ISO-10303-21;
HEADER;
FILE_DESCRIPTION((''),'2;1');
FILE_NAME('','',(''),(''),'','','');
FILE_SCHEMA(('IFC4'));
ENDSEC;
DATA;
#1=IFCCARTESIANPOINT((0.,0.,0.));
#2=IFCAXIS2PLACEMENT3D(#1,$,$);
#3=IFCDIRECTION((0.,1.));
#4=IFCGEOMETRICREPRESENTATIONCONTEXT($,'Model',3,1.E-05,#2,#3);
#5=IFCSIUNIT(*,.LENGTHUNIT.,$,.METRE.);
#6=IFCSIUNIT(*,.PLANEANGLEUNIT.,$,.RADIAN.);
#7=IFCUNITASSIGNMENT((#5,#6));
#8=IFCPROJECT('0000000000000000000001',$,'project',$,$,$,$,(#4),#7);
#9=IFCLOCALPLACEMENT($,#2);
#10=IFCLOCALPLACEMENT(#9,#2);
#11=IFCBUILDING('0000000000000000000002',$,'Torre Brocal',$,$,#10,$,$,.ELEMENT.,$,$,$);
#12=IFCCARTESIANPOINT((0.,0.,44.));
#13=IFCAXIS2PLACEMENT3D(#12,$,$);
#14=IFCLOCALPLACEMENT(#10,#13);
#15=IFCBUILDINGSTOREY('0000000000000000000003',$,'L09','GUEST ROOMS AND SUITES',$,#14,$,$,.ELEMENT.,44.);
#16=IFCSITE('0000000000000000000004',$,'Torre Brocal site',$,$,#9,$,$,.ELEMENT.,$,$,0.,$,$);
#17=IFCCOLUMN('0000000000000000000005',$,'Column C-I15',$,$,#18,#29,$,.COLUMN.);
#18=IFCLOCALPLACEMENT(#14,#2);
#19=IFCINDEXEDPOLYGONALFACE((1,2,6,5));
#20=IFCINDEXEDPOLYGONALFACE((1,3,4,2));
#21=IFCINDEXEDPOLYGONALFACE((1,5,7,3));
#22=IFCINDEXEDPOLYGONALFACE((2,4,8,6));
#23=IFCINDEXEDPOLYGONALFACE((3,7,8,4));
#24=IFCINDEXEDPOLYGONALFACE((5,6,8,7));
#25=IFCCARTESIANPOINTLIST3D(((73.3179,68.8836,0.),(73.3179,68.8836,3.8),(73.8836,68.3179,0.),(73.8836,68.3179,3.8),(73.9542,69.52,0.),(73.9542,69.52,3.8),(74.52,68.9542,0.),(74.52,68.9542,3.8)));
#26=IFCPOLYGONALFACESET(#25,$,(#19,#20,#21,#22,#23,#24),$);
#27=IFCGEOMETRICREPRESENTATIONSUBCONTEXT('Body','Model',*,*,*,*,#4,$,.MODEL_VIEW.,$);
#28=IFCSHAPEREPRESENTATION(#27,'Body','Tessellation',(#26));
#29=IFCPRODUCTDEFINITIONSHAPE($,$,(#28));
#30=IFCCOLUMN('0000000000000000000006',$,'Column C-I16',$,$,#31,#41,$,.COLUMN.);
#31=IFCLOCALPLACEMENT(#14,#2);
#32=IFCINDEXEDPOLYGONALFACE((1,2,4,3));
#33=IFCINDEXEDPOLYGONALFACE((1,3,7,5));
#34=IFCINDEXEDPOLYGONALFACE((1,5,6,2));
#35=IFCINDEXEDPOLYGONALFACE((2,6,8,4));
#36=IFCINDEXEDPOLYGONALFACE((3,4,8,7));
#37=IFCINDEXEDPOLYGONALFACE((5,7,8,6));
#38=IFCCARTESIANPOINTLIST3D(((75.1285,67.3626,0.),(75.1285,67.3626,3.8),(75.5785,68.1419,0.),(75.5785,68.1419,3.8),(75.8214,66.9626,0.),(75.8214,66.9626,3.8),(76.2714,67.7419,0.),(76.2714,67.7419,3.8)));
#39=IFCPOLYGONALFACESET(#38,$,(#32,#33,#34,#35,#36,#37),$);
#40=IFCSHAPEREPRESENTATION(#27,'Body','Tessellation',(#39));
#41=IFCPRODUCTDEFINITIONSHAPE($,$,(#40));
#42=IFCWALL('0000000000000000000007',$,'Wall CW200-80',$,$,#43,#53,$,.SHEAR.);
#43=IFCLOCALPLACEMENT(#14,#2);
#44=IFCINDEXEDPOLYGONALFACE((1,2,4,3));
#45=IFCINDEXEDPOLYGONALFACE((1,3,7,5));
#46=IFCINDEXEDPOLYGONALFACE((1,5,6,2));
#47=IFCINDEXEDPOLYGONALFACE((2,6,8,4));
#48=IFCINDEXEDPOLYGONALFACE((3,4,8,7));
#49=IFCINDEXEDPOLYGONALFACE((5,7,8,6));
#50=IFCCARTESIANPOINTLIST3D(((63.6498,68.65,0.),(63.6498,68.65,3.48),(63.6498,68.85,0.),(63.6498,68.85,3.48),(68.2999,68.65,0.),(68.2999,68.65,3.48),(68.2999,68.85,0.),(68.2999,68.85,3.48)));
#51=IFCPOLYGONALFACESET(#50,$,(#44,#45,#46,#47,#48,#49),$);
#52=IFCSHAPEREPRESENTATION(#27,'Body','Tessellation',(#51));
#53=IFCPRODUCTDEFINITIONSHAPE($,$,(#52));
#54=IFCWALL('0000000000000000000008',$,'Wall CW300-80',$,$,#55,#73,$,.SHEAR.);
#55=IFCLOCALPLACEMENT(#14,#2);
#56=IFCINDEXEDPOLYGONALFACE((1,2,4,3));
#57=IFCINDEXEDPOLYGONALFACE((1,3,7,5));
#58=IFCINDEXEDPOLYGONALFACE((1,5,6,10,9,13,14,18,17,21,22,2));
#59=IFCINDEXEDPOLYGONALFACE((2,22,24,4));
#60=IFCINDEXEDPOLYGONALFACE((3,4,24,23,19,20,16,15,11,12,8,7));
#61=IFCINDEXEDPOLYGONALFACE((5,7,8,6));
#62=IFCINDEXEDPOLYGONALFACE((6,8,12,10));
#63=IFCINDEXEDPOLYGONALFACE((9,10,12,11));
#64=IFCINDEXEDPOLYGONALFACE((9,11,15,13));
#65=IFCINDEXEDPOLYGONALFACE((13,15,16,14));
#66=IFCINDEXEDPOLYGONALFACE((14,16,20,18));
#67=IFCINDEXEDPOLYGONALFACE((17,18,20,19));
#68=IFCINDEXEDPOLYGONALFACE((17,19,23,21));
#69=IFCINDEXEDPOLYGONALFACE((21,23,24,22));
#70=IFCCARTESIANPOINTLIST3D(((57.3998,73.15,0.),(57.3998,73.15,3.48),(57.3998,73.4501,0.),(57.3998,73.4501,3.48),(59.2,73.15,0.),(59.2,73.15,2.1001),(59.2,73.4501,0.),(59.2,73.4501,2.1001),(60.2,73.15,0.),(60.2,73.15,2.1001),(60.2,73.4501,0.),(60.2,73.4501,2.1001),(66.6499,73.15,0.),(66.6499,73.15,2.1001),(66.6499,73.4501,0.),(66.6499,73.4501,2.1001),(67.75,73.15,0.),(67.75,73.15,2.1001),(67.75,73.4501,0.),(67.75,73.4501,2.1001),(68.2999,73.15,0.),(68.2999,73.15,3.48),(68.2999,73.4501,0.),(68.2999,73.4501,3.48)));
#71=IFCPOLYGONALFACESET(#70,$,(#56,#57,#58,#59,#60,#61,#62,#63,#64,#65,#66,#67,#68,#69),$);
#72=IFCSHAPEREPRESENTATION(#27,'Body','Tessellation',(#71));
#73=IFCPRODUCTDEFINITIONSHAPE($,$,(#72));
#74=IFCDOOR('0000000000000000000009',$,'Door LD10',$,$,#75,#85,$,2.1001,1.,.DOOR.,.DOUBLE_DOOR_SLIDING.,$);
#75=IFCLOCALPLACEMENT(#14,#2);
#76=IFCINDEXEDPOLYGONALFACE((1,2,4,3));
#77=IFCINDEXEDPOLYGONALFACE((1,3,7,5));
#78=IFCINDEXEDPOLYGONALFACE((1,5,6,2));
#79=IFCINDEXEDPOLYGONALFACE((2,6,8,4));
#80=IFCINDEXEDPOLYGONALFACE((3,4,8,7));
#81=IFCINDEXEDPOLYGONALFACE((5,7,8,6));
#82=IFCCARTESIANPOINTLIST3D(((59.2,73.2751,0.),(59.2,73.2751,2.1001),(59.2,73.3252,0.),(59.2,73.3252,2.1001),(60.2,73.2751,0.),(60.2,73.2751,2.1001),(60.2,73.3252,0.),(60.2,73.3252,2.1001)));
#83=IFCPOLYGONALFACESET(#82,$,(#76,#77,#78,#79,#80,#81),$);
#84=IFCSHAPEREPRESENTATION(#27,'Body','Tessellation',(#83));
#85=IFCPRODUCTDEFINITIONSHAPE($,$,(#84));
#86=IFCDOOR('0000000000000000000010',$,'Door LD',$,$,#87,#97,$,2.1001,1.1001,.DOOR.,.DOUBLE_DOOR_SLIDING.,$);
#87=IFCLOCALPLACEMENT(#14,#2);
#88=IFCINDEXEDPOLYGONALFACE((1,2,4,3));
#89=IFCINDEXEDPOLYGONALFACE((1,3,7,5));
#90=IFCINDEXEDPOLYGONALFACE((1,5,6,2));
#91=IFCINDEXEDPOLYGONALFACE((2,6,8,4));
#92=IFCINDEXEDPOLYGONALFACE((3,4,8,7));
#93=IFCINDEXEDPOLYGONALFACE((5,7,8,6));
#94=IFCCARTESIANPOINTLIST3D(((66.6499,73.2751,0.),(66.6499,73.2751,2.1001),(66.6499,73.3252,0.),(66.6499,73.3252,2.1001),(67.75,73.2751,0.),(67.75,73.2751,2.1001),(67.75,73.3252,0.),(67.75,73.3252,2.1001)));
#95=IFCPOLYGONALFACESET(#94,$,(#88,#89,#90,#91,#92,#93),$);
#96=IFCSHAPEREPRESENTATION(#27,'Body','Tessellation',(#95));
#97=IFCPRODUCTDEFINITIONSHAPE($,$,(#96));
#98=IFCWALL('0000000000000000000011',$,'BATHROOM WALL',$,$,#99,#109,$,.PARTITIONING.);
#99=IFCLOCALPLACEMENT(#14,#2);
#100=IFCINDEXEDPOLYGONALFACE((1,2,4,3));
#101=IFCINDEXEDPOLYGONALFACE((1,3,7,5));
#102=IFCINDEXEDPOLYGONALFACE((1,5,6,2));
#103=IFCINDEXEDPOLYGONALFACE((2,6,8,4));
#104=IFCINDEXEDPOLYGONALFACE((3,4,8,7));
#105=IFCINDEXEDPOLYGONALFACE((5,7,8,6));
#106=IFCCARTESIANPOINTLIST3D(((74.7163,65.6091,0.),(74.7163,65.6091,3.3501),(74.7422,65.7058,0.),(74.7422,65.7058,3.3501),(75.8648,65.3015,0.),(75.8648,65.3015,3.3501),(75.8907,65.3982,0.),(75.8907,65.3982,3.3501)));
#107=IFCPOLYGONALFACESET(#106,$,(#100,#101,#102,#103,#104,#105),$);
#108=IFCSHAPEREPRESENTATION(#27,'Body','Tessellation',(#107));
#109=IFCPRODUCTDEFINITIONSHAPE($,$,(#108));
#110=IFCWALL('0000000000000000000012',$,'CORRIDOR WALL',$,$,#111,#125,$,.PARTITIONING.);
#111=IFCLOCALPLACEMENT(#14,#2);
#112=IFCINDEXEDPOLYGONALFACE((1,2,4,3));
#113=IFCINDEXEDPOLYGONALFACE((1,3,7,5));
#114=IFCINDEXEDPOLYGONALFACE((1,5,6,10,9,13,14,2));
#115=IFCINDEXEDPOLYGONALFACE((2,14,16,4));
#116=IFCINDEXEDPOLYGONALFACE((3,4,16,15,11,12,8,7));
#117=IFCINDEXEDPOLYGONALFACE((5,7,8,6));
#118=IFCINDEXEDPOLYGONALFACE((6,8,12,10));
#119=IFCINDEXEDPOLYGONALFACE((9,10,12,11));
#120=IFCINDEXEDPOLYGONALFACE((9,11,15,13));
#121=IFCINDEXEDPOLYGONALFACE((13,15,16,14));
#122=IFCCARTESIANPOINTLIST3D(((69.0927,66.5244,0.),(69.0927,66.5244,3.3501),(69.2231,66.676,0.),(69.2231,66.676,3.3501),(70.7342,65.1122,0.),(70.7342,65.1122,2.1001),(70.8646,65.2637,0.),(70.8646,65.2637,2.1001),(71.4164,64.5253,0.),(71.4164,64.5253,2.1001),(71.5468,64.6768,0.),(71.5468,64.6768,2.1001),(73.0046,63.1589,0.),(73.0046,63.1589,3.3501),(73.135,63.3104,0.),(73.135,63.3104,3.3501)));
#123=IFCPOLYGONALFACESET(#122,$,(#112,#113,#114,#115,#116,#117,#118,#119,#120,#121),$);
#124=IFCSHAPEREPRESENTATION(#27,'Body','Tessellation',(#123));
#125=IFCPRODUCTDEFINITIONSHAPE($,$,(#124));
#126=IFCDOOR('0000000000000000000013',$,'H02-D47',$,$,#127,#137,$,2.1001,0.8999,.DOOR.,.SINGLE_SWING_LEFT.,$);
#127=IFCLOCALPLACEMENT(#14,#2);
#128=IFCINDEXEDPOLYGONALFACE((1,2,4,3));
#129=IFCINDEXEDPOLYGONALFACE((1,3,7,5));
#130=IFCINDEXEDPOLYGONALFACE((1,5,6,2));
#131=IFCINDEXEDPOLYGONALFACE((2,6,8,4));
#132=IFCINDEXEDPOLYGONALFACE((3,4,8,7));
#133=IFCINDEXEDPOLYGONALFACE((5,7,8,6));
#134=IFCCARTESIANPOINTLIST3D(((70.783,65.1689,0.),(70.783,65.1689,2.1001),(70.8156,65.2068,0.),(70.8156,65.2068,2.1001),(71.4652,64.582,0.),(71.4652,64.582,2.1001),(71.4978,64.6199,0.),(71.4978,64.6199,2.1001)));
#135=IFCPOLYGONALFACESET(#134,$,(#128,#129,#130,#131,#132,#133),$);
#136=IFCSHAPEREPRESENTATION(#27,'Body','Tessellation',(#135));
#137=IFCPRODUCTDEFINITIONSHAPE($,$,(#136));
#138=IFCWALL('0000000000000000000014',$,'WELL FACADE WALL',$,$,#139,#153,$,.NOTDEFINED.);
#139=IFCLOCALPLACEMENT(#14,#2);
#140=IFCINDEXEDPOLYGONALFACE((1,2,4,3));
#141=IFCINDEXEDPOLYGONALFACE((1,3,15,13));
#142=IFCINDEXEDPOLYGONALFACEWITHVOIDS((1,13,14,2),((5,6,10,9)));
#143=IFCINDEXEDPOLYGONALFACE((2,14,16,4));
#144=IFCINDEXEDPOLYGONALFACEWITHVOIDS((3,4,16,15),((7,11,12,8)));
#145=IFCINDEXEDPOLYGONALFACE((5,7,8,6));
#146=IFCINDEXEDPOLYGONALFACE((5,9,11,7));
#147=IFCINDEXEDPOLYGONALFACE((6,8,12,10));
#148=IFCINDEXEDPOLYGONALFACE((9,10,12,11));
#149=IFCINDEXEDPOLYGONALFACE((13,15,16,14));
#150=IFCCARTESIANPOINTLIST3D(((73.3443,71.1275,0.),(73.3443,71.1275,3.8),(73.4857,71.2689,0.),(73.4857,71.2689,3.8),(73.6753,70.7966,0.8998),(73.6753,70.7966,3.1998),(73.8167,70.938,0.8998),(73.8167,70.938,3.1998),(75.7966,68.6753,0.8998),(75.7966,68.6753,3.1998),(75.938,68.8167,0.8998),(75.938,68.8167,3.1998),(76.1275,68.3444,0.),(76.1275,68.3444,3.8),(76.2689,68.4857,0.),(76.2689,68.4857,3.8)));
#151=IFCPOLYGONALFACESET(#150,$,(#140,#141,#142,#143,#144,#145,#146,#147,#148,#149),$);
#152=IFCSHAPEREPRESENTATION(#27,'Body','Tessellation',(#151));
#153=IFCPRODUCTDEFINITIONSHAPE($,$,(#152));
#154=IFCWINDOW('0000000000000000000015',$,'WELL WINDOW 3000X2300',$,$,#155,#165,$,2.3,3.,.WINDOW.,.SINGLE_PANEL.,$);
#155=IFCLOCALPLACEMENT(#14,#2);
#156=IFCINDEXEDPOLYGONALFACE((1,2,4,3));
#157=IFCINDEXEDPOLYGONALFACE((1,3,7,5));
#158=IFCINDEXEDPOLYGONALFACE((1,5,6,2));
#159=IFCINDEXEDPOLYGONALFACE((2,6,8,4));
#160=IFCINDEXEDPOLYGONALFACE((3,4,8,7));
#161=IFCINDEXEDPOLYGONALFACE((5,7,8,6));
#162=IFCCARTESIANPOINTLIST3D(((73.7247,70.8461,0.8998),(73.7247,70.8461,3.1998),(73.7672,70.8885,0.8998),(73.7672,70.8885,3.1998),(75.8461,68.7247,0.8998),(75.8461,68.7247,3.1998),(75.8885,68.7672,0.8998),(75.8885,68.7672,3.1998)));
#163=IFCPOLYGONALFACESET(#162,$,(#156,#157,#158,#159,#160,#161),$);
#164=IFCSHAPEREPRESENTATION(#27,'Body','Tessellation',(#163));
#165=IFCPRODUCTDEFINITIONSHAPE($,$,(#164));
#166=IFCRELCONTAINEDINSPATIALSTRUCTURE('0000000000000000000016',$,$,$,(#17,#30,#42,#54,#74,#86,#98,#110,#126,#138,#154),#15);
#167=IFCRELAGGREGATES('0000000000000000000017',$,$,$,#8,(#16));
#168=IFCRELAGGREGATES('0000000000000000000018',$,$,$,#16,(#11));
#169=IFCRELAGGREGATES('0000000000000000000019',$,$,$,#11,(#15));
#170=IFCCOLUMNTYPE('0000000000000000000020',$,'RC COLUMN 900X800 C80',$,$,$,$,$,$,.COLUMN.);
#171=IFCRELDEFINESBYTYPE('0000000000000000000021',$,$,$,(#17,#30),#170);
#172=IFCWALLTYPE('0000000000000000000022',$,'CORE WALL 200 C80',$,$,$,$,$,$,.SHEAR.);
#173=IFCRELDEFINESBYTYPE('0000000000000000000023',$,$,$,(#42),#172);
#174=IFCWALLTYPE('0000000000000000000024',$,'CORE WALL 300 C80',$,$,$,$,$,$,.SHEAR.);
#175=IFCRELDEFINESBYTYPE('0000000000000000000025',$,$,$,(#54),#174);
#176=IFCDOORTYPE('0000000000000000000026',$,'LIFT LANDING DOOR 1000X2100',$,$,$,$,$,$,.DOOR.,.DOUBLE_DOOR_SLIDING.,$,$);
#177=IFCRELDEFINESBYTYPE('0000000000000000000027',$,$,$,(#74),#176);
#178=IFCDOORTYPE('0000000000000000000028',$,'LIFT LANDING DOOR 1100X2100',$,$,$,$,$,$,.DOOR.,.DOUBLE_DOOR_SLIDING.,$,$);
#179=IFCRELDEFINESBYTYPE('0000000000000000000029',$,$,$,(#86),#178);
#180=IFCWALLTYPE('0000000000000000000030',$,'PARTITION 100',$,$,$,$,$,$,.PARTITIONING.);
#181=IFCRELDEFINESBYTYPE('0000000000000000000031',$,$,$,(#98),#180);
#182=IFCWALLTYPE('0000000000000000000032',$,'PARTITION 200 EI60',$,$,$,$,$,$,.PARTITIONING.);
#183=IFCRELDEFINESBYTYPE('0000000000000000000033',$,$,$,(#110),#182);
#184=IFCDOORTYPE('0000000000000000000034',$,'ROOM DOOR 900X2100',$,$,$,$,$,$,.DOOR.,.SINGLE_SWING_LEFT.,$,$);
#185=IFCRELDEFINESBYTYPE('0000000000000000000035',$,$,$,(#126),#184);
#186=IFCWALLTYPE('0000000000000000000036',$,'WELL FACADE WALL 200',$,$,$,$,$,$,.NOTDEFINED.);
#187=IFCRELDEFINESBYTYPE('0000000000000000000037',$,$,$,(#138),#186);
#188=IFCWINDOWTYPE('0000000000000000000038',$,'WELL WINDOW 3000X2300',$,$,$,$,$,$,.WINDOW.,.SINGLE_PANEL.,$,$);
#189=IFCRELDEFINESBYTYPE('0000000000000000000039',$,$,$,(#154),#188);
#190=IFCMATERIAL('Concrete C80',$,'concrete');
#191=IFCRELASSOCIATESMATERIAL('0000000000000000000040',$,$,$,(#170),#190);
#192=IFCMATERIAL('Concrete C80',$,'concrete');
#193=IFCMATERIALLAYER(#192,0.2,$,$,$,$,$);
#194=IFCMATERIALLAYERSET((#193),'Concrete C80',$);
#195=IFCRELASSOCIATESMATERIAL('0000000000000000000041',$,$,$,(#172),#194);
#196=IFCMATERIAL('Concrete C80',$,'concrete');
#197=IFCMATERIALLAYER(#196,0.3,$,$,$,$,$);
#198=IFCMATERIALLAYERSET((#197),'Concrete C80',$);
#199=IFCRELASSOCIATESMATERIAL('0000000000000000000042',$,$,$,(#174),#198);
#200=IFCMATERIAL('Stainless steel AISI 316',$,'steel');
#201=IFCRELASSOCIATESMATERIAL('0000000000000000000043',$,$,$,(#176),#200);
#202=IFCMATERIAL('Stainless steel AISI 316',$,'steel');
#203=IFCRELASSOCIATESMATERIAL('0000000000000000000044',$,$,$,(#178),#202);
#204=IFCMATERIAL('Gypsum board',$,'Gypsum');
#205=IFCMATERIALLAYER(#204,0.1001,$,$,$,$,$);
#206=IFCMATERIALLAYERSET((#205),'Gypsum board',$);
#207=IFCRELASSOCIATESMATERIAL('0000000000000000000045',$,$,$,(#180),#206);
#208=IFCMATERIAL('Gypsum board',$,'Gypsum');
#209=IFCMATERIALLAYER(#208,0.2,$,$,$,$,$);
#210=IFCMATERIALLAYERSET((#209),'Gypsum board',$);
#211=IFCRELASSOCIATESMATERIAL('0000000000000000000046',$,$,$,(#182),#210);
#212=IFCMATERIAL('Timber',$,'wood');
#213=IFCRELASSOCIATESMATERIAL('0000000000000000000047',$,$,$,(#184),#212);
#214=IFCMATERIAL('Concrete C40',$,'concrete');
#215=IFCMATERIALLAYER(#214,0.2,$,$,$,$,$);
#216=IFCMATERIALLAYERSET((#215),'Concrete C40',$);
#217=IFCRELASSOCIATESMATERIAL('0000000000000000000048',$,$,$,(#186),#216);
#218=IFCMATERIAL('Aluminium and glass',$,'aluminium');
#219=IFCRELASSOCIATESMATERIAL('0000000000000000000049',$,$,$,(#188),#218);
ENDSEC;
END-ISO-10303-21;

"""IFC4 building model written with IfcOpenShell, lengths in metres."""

from ifc_helpers import new_model, si_unit, direction, frame, frame_2d, origin, origin_2d, place, context, subcontext, project, spatial, rectangle, extrude, material, layer, layer_set, material_profile, profile_set, type_object, element, fill, save


model = new_model("IFC4")

# Units and contexts
model_context = context("Model", 3, precision=1e-05, world=origin(), true_north=direction((0.0, 1.0)))
body_context = subcontext(model_context, "Body", "Model", "MODEL_VIEW")
ifc_project = project(units=[si_unit("LENGTHUNIT", "METRE"), si_unit("PLANEANGLEUNIT", "RADIAN")], contexts=[model_context])

# Site, building, storey
site_placement = place(None, origin())
site = spatial("IfcSite", under=ifc_project, at=site_placement, Name="Torre Brocal site", CompositionType="ELEMENT", RefElevation=0.0)
building_placement = place(site_placement, origin())
building = spatial("IfcBuilding", under=site, at=building_placement, Name="Torre Brocal", CompositionType="ELEMENT")
storey_placement = place(building_placement, frame((0.0, 0.0, 44.0)))
storey = spatial("IfcBuildingStorey", under=building, at=storey_placement, Name="L09", Description="GUEST ROOMS AND SUITES", CompositionType="ELEMENT", Elevation=44.0)

# Columns
ifc_material_1 = material(Name="Concrete C80", Category="concrete")
ifc_material_profile = material_profile(ifc_material_1, rectangle(XDim=0.8999, YDim=0.8, at=origin_2d()), Name="RC 900X800")
ifc_profile_set = profile_set([ifc_material_profile], Name="Concrete C80")
column_type = type_object("IfcColumnType", Name="RC COLUMN 900X800 C80", PredefinedType="COLUMN", material=ifc_profile_set)
for number, where, z_axis, x_axis, name in (
    (1, (73.9189, 68.9189, 0.0), (0.0, 0.0, 1.0), (-0.707107, -0.707107, 0.0), "Column C-I15"),
    (2, (75.7, 67.5522, 0.0), (0.0, 0.0, 1.0), (-0.5, -0.866025, 0.0), "Column C-I16"),
):
    element("IfcColumn", number, at=place(storey_placement, frame(where, z_axis=z_axis, x_axis=x_axis)), inside=storey, type_object=column_type, Name=name, PredefinedType="COLUMN", context=body_context, shape_type="SweptSolid", body=[
        extrude(rectangle(XDim=0.8999, YDim=0.8, at=origin_2d()), origin(), (0.0, 0.0, 1.0), 3.8),
    ])

# Wall
ifc_material_2 = material(Name="Concrete C80", Category="concrete")
ifc_layer_1 = layer(ifc_material_2, 0.2)
ifc_layer_set_1 = layer_set([ifc_layer_1], Name="Concrete C80")
wall_type_1 = type_object("IfcWallType", Name="CORE WALL 200 C80", PredefinedType="SHEAR", material=ifc_layer_set_1)
wall_1_placement = place(storey_placement, frame((68.3, 68.75, 0.0), z_axis=(0.0, 0.0, 1.0), x_axis=(-1.0, 0.0, 0.0)))
element("IfcWall", 3, at=wall_1_placement, inside=storey, type_object=wall_type_1, Name="Wall CW200-80", PredefinedType="SHEAR", context=body_context, shape_type="SweptSolid", body=[
    extrude(rectangle(XDim=4.6501, YDim=0.2, at=frame_2d((2.3252, 0.0))), origin(), (0.0, 0.0, 1.0), 3.48),
])

# Wall, openings, doors
ifc_material_3 = material(Name="Concrete C80", Category="concrete")
ifc_layer_2 = layer(ifc_material_3, 0.3)
ifc_layer_set_2 = layer_set([ifc_layer_2], Name="Concrete C80")
wall_type_2 = type_object("IfcWallType", Name="CORE WALL 300 C80", PredefinedType="SHEAR", material=ifc_layer_set_2)
wall_2_placement = place(storey_placement, frame((68.3, 73.3, 0.0), z_axis=(0.0, 0.0, 1.0), x_axis=(-1.0, 0.0, 0.0)))
wall_2 = element("IfcWall", 4, at=wall_2_placement, inside=storey, type_object=wall_type_2, Name="Wall CW300-80", PredefinedType="SHEAR", context=body_context, shape_type="SweptSolid", body=[
    extrude(rectangle(XDim=10.9001, YDim=0.3, at=frame_2d((5.4502, 0.0))), origin(), (0.0, 0.0, 1.0), 3.48),
])
opening_1_placement = place(wall_2_placement, frame((0.55, 0.0, 0.0)))
opening_1 = element("IfcOpeningElement", 5, at=opening_1_placement, cuts=wall_2, PredefinedType="OPENING", context=body_context, shape_type="SweptSolid", body=[
    extrude(rectangle(XDim=1.1001, YDim=2.1001, at=frame_2d((0.55, 1.05))), frame((0.0, 0.1599, 0.0), z_axis=(0.0, -1.0, 0.0), x_axis=(1.0, 0.0, 0.0)), (0.0, 0.0, 1.0), 0.3201),
])
opening_2_placement = place(wall_2_placement, frame((8.1001, 0.0, 0.0)))
opening_2 = element("IfcOpeningElement", 6, at=opening_2_placement, cuts=wall_2, PredefinedType="OPENING", context=body_context, shape_type="SweptSolid", body=[
    extrude(rectangle(XDim=1.0, YDim=2.1001, at=frame_2d((0.5, 1.05))), frame((0.0, 0.1599, 0.0), z_axis=(0.0, -1.0, 0.0), x_axis=(1.0, 0.0, 0.0)), (0.0, 0.0, 1.0), 0.3201),
])
ifc_material_4 = material(Name="Stainless steel AISI 316", Category="steel")
door_type_1 = type_object("IfcDoorType", Name="LIFT LANDING DOOR 1000X2100", OperationType="DOUBLE_DOOR_SLIDING", PredefinedType="DOOR", material=ifc_material_4)
door_1_placement = place(opening_2_placement, origin())
door_1 = element("IfcDoor", 7, at=door_1_placement, inside=storey, type_object=door_type_1, Name="Door LD10", OperationType="DOUBLE_DOOR_SLIDING", OverallHeight=2.1001, OverallWidth=1.0, PredefinedType="DOOR", context=body_context, shape_type="SweptSolid", body=[
    extrude(rectangle(XDim=1.0, YDim=2.1001, at=frame_2d((0.5, 1.05))), frame((0.0, 0.0249, 0.0), z_axis=(0.0, -1.0, 0.0), x_axis=(1.0, 0.0, 0.0)), (0.0, 0.0, 1.0), 0.05),
])
fill(opening_2, door_1)
ifc_material_5 = material(Name="Stainless steel AISI 316", Category="steel")
door_type_2 = type_object("IfcDoorType", Name="LIFT LANDING DOOR 1100X2100", OperationType="DOUBLE_DOOR_SLIDING", PredefinedType="DOOR", material=ifc_material_5)
door_2_placement = place(opening_1_placement, origin())
door_2 = element("IfcDoor", 8, at=door_2_placement, inside=storey, type_object=door_type_2, Name="Door LD", OperationType="DOUBLE_DOOR_SLIDING", OverallHeight=2.1001, OverallWidth=1.1001, PredefinedType="DOOR", context=body_context, shape_type="SweptSolid", body=[
    extrude(rectangle(XDim=1.1001, YDim=2.1001, at=frame_2d((0.55, 1.05))), frame((0.0, 0.0249, 0.0), z_axis=(0.0, -1.0, 0.0), x_axis=(1.0, 0.0, 0.0)), (0.0, 0.0, 1.0), 0.05),
])
fill(opening_1, door_2)

# Wall
ifc_material_6 = material(Name="Gypsum board", Category="Gypsum")
ifc_layer_3 = layer(ifc_material_6, 0.1001)
ifc_layer_set_3 = layer_set([ifc_layer_3], Name="Gypsum board")
wall_type_3 = type_object("IfcWallType", Name="PARTITION 100", PredefinedType="PARTITIONING", material=ifc_layer_set_3)
wall_3_placement = place(storey_placement, frame((74.7292, 65.6575, 0.0), z_axis=(0.0, 0.0, 1.0), x_axis=(0.965948, -0.258736, 0.0)))
element("IfcWall", 9, at=wall_3_placement, inside=storey, type_object=wall_type_3, Name="BATHROOM WALL", PredefinedType="PARTITIONING", context=body_context, shape_type="SweptSolid", body=[
    extrude(rectangle(XDim=1.189, YDim=0.1001, at=frame_2d((0.5945, 0.0))), origin(), (0.0, 0.0, 1.0), 3.3501),
])

# Wall, opening, door
ifc_material_7 = material(Name="Gypsum board", Category="Gypsum")
ifc_layer_4 = layer(ifc_material_7, 0.2)
ifc_layer_set_4 = layer_set([ifc_layer_4], Name="Gypsum board")
wall_type_4 = type_object("IfcWallType", Name="PARTITION 200 EI60", PredefinedType="PARTITIONING", material=ifc_layer_set_4)
wall_4_placement = place(storey_placement, frame((69.158, 66.6001, 0.0), z_axis=(0.0, 0.0, 1.0), x_axis=(0.758063, -0.652181, 0.0)))
wall_4 = element("IfcWall", 10, at=wall_4_placement, inside=storey, type_object=wall_type_4, Name="CORRIDOR WALL", PredefinedType="PARTITIONING", context=body_context, shape_type="SweptSolid", body=[
    extrude(rectangle(XDim=5.1604, YDim=0.2, at=frame_2d((2.5801, 0.0))), origin(), (0.0, 0.0, 1.0), 3.3501),
])
opening_3_placement = place(wall_4_placement, frame((2.1653, 0.0, 0.0)))
opening_3 = element("IfcOpeningElement", 11, at=opening_3_placement, cuts=wall_4, PredefinedType="OPENING", context=body_context, shape_type="SweptSolid", body=[
    extrude(rectangle(XDim=0.8999, YDim=2.1001, at=frame_2d((0.45, 1.05))), frame((0.0, 0.1099, 0.0), z_axis=(0.0, -1.0, 0.0), x_axis=(1.0, 0.0, 0.0)), (0.0, 0.0, 1.0), 0.22),
])
ifc_material_8 = material(Name="Timber", Category="wood")
door_type_3 = type_object("IfcDoorType", Name="ROOM DOOR 900X2100", OperationType="SINGLE_SWING_LEFT", PredefinedType="DOOR", material=ifc_material_8)
door_3_placement = place(opening_3_placement, origin())
door_3 = element("IfcDoor", 12, at=door_3_placement, inside=storey, type_object=door_type_3, Name="H02-D47", OperationType="SINGLE_SWING_LEFT", OverallHeight=2.1001, OverallWidth=0.8999, PredefinedType="DOOR", context=body_context, shape_type="SweptSolid", body=[
    extrude(rectangle(XDim=0.8999, YDim=2.1001, at=frame_2d((0.45, 1.05))), frame((0.0, 0.0249, 0.0), z_axis=(0.0, -1.0, 0.0), x_axis=(1.0, 0.0, 0.0)), (0.0, 0.0, 1.0), 0.05),
])
fill(opening_3, door_3)

# Wall, opening, window
ifc_material_9 = material(Name="Concrete C40", Category="concrete")
ifc_layer_5 = layer(ifc_material_9, 0.2)
ifc_layer_set_5 = layer_set([ifc_layer_5], Name="Concrete C40")
wall_type_5 = type_object("IfcWallType", Name="WELL FACADE WALL 200", PredefinedType="NOTDEFINED", material=ifc_layer_set_5)
wall_5_placement = place(storey_placement, frame((73.415, 71.1982, 0.0), z_axis=(0.0, 0.0, 1.0), x_axis=(0.707107, -0.707107, 0.0)))
wall_5 = element("IfcWall", 13, at=wall_5_placement, inside=storey, type_object=wall_type_5, Name="WELL FACADE WALL", PredefinedType="NOTDEFINED", context=body_context, shape_type="SweptSolid", body=[
    extrude(rectangle(XDim=3.936, YDim=0.2, at=frame_2d((1.968, 0.0))), origin(), (0.0, 0.0, 1.0), 3.8),
])
opening_4_placement = place(wall_5_placement, frame((0.468, 0.0, 0.8999)))
opening_4 = element("IfcOpeningElement", 14, at=opening_4_placement, cuts=wall_5, PredefinedType="OPENING", context=body_context, shape_type="SweptSolid", body=[
    extrude(rectangle(XDim=3.0, YDim=2.3, at=frame_2d((1.5, 1.1499))), frame((0.0, 0.1099, 0.0), z_axis=(0.0, -1.0, 0.0), x_axis=(1.0, 0.0, 0.0)), (0.0, 0.0, 1.0), 0.22),
])
ifc_material_10 = material(Name="Aluminium and glass", Category="aluminium")
window_type = type_object("IfcWindowType", Name="WELL WINDOW 3000X2300", PartitioningType="SINGLE_PANEL", PredefinedType="WINDOW", material=ifc_material_10)
window_1_placement = place(opening_4_placement, origin())
window_1 = element("IfcWindow", 15, at=window_1_placement, inside=storey, type_object=window_type, Name="WELL WINDOW 3000X2300", OverallHeight=2.3, OverallWidth=3.0, PartitioningType="SINGLE_PANEL", PredefinedType="WINDOW", context=body_context, shape_type="SweptSolid", body=[
    extrude(rectangle(XDim=3.0, YDim=2.3, at=frame_2d((1.5, 1.1499))), frame((0.0, 0.03, 0.0), z_axis=(0.0, -1.0, 0.0), x_axis=(1.0, 0.0, 0.0)), (0.0, 0.0, 1.0), 0.0601),
])
fill(opening_4, window_1)

save(model, "model.ifc")
